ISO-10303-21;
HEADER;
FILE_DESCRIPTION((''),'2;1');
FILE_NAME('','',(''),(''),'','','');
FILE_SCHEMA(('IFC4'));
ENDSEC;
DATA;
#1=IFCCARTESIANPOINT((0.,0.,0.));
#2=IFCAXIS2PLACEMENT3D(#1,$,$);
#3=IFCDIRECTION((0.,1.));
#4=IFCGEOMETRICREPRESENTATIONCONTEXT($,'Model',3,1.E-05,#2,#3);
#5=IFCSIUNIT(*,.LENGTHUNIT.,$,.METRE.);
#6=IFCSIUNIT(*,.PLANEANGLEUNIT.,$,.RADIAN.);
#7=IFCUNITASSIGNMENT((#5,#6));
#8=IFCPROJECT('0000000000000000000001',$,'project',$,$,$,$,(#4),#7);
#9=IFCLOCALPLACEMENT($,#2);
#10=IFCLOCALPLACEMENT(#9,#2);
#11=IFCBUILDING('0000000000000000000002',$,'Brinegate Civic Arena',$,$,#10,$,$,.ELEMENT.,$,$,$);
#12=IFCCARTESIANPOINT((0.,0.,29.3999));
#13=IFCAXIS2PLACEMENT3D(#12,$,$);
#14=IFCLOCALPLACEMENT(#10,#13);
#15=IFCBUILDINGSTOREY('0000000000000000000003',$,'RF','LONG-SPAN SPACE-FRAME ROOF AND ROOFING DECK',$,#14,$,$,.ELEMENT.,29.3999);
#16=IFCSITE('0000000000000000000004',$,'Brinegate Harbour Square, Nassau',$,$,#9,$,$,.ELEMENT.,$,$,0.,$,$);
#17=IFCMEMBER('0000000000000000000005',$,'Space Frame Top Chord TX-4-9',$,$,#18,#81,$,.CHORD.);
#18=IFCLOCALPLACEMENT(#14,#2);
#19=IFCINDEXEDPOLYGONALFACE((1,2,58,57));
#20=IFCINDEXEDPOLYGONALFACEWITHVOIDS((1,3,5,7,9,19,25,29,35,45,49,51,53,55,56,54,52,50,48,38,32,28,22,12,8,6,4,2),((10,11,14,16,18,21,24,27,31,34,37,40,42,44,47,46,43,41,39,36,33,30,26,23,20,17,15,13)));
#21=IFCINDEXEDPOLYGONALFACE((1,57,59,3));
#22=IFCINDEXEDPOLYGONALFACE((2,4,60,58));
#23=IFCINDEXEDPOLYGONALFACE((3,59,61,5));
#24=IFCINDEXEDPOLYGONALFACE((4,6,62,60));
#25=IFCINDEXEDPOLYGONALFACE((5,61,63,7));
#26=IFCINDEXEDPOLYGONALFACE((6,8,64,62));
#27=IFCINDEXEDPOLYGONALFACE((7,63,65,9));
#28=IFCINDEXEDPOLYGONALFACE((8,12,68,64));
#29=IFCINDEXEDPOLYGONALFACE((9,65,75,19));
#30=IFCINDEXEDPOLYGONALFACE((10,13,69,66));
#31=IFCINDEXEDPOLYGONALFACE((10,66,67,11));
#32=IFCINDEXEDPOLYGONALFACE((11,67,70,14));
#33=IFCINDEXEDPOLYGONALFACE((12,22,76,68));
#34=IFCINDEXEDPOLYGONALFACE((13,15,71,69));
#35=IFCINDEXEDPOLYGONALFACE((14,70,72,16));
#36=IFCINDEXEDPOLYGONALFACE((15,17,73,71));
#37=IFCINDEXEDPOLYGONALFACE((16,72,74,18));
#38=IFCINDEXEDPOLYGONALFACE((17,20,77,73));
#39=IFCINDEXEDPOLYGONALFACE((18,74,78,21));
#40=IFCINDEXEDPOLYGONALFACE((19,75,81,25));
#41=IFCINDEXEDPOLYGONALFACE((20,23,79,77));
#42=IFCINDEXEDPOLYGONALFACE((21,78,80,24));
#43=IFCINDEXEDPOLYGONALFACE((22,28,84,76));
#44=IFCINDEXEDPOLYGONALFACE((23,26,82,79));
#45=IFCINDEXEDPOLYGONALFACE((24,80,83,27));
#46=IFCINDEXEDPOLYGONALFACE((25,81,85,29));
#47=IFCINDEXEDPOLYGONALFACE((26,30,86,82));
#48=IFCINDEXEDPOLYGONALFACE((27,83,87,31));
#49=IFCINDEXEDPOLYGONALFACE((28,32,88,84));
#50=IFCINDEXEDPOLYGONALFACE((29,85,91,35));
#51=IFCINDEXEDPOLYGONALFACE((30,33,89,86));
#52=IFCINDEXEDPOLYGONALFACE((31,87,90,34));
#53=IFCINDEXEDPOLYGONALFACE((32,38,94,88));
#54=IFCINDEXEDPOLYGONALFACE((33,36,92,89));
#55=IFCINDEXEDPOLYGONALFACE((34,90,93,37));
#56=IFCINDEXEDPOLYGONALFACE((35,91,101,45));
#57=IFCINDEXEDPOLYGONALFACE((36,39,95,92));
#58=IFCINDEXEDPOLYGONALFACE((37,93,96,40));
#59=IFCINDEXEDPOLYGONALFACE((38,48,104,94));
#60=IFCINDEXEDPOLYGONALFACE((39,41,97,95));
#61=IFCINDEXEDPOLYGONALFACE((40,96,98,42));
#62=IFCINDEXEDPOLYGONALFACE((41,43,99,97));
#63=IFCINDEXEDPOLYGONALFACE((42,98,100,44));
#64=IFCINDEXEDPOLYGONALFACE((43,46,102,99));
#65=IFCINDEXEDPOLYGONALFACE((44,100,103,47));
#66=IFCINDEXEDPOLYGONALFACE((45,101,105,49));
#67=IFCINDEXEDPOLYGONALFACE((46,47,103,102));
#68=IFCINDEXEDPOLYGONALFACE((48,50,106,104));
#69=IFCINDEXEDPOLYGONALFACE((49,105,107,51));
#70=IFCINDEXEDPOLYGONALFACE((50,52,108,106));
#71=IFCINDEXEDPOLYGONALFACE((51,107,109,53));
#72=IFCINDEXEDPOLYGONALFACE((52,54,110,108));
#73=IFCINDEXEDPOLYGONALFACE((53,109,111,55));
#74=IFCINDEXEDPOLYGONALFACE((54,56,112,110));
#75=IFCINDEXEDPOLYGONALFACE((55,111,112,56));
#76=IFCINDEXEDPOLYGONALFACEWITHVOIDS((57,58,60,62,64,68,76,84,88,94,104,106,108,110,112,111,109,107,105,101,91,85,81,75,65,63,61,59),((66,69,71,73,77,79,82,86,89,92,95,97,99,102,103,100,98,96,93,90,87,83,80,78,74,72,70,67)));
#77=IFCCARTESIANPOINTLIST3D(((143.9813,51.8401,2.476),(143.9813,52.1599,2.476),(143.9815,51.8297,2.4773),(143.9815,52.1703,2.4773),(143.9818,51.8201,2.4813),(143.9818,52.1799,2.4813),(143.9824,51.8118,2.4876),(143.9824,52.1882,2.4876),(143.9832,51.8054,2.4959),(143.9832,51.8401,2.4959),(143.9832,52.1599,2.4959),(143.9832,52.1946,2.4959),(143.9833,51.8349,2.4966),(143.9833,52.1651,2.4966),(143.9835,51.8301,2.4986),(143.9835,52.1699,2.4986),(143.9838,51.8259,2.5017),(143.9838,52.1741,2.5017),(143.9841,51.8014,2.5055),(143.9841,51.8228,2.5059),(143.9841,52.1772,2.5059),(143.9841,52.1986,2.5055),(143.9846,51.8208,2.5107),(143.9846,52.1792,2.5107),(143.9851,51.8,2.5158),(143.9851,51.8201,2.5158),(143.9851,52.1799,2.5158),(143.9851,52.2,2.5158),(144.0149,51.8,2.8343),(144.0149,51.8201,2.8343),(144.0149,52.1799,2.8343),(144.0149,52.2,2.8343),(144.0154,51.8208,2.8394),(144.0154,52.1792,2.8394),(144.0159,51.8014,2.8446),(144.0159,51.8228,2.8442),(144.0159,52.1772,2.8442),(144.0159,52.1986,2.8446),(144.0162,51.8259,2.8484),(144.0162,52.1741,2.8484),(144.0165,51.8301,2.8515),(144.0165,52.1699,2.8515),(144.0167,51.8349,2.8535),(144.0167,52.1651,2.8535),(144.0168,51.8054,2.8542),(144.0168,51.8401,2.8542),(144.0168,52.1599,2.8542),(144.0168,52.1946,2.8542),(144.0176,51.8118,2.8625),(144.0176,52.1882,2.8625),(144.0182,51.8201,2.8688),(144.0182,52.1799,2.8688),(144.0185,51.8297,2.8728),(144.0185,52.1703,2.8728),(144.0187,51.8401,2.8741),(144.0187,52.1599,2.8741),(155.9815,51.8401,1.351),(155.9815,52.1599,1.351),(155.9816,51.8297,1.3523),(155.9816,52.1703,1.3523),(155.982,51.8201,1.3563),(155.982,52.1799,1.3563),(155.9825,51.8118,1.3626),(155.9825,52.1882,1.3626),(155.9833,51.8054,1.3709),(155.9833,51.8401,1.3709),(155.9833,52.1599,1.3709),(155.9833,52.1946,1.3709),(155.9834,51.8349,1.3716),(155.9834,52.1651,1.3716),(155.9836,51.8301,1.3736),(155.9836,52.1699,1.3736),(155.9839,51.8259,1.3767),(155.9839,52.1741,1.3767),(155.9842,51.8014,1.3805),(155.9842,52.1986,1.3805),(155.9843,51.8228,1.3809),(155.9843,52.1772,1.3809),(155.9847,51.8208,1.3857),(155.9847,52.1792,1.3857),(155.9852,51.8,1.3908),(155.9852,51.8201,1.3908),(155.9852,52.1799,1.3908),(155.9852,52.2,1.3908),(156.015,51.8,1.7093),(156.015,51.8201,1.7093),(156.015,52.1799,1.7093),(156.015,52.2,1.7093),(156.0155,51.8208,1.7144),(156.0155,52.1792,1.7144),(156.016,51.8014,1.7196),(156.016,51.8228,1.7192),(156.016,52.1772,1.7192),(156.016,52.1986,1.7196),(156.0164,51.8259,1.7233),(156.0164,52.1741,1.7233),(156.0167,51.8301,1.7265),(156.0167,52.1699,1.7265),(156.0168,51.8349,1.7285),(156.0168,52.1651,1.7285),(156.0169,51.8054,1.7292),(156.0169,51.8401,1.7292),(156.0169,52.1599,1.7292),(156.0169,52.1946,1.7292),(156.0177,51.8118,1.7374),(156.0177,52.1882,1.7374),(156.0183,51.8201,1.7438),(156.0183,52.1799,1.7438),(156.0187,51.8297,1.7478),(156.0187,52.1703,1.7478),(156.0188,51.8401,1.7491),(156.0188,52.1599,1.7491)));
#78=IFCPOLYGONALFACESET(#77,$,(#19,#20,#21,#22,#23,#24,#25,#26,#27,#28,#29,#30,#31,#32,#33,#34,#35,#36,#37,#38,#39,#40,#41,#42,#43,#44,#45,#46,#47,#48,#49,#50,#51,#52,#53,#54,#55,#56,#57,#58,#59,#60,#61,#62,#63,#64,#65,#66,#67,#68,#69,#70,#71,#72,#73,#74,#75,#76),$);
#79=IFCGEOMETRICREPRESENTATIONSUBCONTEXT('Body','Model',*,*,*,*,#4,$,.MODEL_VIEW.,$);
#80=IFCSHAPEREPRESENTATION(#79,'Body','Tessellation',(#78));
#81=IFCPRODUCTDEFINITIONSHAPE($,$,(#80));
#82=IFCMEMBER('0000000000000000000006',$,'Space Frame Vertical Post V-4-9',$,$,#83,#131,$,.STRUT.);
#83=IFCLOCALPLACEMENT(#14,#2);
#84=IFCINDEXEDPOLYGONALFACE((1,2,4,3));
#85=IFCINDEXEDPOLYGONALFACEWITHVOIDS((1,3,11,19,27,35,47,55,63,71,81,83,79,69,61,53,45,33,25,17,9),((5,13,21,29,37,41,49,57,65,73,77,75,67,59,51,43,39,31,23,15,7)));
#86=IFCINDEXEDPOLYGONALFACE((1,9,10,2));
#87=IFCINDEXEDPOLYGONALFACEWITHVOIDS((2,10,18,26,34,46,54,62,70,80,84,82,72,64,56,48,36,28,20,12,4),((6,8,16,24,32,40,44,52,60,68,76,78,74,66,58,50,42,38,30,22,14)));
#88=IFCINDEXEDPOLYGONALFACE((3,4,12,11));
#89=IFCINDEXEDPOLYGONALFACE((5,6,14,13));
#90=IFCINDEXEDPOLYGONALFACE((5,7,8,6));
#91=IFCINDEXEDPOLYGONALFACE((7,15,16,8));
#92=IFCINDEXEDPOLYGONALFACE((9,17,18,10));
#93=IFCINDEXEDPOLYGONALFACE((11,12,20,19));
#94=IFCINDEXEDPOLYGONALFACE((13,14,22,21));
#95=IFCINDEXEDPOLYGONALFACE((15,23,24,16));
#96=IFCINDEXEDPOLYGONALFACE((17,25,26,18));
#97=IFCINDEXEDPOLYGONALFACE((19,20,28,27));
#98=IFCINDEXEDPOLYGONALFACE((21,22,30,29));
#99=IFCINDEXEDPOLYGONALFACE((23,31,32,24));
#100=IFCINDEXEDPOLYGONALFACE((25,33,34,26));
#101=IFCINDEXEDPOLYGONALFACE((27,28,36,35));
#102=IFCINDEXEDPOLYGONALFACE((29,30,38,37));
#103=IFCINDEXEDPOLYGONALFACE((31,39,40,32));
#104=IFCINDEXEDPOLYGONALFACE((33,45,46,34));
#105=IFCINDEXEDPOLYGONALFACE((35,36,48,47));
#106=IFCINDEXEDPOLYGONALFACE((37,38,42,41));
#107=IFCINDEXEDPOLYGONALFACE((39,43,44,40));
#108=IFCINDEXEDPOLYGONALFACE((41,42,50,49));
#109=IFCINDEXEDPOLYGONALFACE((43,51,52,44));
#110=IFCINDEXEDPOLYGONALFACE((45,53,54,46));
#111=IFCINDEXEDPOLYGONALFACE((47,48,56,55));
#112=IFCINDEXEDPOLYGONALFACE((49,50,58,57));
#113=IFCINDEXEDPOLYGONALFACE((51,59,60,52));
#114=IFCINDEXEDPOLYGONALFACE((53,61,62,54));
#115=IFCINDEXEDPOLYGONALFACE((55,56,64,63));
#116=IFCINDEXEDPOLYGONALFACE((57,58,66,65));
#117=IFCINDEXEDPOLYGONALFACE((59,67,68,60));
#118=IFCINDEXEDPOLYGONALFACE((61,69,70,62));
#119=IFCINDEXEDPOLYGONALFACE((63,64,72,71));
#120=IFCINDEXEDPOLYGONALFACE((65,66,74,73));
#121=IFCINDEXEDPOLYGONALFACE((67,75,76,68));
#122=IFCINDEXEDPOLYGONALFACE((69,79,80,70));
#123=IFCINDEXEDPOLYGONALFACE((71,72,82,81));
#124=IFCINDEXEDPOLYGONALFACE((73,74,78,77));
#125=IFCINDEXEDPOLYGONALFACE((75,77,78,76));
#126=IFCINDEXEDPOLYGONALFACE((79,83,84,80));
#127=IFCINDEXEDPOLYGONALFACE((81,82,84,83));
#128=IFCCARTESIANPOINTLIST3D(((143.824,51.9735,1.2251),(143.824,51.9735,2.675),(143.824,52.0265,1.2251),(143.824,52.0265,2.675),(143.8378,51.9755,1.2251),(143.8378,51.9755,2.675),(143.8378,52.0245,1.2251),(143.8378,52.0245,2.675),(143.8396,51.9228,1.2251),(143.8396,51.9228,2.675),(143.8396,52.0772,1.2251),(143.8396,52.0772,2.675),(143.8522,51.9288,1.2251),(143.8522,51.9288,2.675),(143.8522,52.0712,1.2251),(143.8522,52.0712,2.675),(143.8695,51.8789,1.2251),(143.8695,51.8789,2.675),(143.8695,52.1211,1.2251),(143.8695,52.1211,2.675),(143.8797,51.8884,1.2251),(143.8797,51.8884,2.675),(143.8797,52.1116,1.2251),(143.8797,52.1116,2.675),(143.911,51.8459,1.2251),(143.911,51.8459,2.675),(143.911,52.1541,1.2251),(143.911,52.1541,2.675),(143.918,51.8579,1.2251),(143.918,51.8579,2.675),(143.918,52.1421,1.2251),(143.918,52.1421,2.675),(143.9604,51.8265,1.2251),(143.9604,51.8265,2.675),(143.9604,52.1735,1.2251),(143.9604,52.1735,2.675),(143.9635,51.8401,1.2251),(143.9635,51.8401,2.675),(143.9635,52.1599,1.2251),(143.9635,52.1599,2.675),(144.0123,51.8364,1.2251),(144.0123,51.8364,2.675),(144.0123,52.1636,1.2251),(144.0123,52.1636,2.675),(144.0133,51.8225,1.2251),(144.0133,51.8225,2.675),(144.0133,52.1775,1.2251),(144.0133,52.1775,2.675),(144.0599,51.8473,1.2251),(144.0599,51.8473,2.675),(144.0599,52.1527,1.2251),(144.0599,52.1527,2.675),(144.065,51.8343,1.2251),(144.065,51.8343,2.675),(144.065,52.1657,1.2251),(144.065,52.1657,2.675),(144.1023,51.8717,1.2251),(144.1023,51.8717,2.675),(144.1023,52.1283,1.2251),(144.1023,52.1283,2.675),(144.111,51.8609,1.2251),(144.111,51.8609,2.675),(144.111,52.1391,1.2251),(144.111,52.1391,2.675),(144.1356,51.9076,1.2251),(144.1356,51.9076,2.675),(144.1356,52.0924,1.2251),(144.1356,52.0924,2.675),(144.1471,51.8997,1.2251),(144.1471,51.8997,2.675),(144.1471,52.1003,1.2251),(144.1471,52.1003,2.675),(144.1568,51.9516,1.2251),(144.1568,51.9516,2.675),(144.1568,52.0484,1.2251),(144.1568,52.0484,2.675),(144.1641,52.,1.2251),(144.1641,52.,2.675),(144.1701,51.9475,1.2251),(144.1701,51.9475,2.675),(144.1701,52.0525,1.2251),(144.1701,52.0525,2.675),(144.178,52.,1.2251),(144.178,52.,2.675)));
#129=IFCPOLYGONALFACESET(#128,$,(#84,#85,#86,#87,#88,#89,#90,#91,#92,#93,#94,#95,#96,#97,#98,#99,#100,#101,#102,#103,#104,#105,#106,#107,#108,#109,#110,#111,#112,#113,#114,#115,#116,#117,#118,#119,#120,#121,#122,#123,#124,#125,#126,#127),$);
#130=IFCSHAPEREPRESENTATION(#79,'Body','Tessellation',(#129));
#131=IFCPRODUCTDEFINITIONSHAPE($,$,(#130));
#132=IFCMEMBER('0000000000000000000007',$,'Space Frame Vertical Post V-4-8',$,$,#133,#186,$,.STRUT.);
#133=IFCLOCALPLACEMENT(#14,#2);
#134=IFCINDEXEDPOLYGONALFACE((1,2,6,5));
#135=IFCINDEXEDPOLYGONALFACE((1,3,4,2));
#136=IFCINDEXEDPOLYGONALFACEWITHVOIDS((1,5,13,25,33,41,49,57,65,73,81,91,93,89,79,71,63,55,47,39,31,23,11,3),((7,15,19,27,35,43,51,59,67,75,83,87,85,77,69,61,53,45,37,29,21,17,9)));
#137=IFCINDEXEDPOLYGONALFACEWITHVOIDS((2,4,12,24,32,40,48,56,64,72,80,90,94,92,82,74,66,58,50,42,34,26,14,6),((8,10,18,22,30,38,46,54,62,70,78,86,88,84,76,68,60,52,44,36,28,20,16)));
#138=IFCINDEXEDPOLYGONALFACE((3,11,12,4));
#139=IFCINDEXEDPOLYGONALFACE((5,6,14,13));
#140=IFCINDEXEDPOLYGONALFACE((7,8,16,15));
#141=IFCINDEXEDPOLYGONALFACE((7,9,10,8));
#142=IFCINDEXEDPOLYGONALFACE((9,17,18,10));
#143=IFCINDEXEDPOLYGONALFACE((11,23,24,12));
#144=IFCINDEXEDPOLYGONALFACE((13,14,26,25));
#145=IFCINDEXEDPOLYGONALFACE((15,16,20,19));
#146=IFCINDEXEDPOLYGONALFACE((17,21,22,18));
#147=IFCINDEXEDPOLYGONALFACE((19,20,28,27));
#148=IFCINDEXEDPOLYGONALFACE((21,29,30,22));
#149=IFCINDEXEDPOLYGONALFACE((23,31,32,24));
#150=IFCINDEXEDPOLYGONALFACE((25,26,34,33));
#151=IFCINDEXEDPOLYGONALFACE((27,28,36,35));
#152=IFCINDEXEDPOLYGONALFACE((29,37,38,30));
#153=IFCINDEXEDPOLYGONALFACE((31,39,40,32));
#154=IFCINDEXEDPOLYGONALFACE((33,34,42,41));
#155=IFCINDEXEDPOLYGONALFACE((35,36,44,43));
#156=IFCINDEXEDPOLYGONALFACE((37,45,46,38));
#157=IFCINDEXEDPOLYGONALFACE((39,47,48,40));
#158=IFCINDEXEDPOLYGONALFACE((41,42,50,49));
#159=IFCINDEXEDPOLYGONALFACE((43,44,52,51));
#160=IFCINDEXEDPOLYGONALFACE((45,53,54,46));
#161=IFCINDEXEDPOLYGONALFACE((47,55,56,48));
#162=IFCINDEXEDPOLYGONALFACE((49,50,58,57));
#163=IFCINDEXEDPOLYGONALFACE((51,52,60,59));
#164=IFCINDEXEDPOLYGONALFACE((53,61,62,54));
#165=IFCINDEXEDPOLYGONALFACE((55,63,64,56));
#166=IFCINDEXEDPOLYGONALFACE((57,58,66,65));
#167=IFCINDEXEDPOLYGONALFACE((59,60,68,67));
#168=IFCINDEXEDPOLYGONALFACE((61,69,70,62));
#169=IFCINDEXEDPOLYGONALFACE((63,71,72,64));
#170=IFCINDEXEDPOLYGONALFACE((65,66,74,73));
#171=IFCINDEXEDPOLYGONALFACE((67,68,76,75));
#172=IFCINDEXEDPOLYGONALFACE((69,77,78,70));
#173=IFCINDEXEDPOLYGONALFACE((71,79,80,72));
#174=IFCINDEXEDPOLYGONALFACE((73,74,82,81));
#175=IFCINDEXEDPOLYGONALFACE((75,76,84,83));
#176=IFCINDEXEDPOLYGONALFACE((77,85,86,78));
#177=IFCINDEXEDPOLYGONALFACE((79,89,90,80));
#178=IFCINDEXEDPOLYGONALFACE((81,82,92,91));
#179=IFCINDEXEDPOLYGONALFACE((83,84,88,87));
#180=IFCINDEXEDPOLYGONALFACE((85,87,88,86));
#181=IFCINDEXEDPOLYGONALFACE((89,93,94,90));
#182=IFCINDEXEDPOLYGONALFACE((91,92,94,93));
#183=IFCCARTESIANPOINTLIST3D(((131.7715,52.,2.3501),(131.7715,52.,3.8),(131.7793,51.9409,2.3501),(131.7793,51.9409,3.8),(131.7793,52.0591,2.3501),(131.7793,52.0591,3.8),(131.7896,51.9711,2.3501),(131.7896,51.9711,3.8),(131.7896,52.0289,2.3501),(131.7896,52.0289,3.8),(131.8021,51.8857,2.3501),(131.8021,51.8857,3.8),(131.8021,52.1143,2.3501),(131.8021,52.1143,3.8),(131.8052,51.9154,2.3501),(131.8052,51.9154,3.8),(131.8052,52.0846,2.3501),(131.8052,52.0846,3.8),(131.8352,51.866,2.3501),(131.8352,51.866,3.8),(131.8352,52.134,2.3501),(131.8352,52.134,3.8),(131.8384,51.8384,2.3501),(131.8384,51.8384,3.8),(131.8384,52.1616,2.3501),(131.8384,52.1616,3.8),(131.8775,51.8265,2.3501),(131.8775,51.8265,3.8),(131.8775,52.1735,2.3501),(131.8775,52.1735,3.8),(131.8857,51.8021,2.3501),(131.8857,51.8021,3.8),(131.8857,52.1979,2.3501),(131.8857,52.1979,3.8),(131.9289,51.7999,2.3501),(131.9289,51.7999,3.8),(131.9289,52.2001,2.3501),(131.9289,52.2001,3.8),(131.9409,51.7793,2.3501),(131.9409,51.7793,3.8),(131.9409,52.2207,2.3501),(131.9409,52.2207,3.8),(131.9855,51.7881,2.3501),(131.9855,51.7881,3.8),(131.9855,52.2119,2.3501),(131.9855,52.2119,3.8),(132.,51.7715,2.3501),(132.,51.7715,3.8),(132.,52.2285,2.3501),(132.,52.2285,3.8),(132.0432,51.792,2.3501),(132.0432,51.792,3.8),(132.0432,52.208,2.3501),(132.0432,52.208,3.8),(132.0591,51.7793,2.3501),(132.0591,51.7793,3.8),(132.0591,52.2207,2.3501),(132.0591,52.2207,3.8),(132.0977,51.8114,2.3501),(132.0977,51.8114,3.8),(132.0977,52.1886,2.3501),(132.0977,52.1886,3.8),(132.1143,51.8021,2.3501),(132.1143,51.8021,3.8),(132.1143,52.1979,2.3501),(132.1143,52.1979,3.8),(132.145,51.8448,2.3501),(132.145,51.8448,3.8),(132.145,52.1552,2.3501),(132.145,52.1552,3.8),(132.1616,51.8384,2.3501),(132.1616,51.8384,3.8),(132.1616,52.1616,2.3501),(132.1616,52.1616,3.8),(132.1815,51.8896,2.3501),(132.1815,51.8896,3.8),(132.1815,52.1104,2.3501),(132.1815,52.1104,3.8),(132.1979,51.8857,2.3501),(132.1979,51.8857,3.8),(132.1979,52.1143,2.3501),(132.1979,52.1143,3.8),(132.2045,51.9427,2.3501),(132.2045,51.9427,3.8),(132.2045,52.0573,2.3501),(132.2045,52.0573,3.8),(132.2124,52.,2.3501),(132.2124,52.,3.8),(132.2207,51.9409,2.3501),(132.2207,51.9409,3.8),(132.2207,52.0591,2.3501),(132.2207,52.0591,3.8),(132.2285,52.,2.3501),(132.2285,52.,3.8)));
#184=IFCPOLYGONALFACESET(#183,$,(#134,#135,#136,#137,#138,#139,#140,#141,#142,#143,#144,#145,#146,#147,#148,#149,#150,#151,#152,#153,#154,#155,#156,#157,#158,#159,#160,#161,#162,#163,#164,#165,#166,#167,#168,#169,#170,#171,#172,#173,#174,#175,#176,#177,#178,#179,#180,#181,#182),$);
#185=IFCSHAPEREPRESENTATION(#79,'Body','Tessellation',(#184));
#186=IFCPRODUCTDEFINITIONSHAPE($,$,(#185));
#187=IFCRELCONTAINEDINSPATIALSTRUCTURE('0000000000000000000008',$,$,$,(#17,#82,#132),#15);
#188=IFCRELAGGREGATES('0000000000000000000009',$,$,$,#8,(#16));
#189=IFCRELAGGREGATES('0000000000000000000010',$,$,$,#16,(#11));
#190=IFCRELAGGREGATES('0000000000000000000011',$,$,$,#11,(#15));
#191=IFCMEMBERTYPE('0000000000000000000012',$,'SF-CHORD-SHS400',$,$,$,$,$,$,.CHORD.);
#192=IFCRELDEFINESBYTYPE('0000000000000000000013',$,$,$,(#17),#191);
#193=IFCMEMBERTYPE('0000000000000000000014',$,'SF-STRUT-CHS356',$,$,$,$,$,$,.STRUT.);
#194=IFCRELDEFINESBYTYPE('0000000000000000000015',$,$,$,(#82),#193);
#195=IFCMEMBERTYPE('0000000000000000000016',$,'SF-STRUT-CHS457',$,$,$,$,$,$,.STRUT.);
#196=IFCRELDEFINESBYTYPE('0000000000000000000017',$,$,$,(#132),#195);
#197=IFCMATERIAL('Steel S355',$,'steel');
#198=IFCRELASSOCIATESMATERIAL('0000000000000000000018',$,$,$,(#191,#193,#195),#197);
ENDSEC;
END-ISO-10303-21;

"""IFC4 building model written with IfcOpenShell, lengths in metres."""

from ifc_helpers import new_model, si_unit, direction, frame, origin, origin_2d, place, context, subcontext, project, spatial, hollow_rectangle, hollow_circle, extrude, material, material_profile, profile_set, type_object, element, save


model = new_model("IFC4")

# Units and contexts
model_context = context("Model", 3, precision=1e-05, world=origin(), true_north=direction((0.0, 1.0)))
body_context = subcontext(model_context, "Body", "Model", "MODEL_VIEW")
ifc_project = project(units=[si_unit("LENGTHUNIT", "METRE"), si_unit("PLANEANGLEUNIT", "RADIAN")], contexts=[model_context])

# Site, building, storey
site_placement = place(None, origin())
site = spatial("IfcSite", under=ifc_project, at=site_placement, Name="Brinegate Harbour Square, Nassau", CompositionType="ELEMENT", RefElevation=0.0)
building_placement = place(site_placement, origin())
building = spatial("IfcBuilding", under=site, at=building_placement, Name="Brinegate Civic Arena", CompositionType="ELEMENT")
storey_placement = place(building_placement, frame((0.0, 0.0, 29.3999)))
storey = spatial("IfcBuildingStorey", under=building, at=storey_placement, Name="RF", Description="LONG-SPAN SPACE-FRAME ROOF AND ROOFING DECK", CompositionType="ELEMENT", Elevation=29.3999)

# Shared definitions
ifc_material_1 = material(Name="Steel S355", Category="steel")

# Members
ifc_material_profile_1 = material_profile(ifc_material_1, hollow_rectangle(XDim=0.3999, YDim=0.3999, WallThickness=0.02, InnerFilletRadius=0.02, OuterFilletRadius=0.04, at=origin_2d()), Name="SHS400X20")
ifc_profile_set_1 = profile_set([ifc_material_profile_1], Name="Steel S355")
member_type_1 = type_object("IfcMemberType", Name="SF-CHORD-SHS400", PredefinedType="CHORD", material=ifc_profile_set_1)
member_1_placement = place(storey_placement, frame((144.0, 52.0, 2.675), z_axis=(0.995634, 0.0, -0.093341), x_axis=(0.0, 1.0, 0.0)))
element("IfcMember", 1, at=member_1_placement, inside=storey, type_object=member_type_1, Name="Space Frame Top Chord TX-4-9", PredefinedType="CHORD", context=body_context, shape_type="SweptSolid", body=[
    extrude(hollow_rectangle(XDim=0.3999, YDim=0.3999, WallThickness=0.02, InnerFilletRadius=0.02, OuterFilletRadius=0.04, at=origin_2d()), origin(), (0.0, 0.0, 1.0), 12.0527),
])
ifc_material_profile_2 = material_profile(ifc_material_1, hollow_circle(Radius=0.178, WallThickness=0.0139, at=origin_2d()), Name="CHS356X14")
ifc_profile_set_2 = profile_set([ifc_material_profile_2], Name="Steel S355")
member_type_2 = type_object("IfcMemberType", Name="SF-STRUT-CHS356", PredefinedType="STRUT", material=ifc_profile_set_2)
member_2_placement = place(storey_placement, frame((144.0, 52.0, 1.2251), z_axis=(0.0, 0.0, 1.0), x_axis=(1.0, 0.0, 0.0)))
element("IfcMember", 2, at=member_2_placement, inside=storey, type_object=member_type_2, Name="Space Frame Vertical Post V-4-9", PredefinedType="STRUT", context=body_context, shape_type="SweptSolid", body=[
    extrude(hollow_circle(Radius=0.178, WallThickness=0.0139, at=origin_2d()), origin(), (0.0, 0.0, 1.0), 1.45),
])
ifc_material_profile_3 = material_profile(ifc_material_1, hollow_circle(Radius=0.2285, WallThickness=0.0161, at=origin_2d()), Name="CHS457X16")
ifc_profile_set_3 = profile_set([ifc_material_profile_3], Name="Steel S355")
member_type_3 = type_object("IfcMemberType", Name="SF-STRUT-CHS457", PredefinedType="STRUT", material=ifc_profile_set_3)
member_3_placement = place(storey_placement, frame((132.0, 52.0, 2.3501), z_axis=(0.0, 0.0, 1.0), x_axis=(1.0, 0.0, 0.0)))
element("IfcMember", 3, at=member_3_placement, inside=storey, type_object=member_type_3, Name="Space Frame Vertical Post V-4-8", PredefinedType="STRUT", context=body_context, shape_type="SweptSolid", body=[
    extrude(hollow_circle(Radius=0.2285, WallThickness=0.0161, at=origin_2d()), origin(), (0.0, 0.0, 1.0), 1.45),
])

save(model, "model.ifc")
